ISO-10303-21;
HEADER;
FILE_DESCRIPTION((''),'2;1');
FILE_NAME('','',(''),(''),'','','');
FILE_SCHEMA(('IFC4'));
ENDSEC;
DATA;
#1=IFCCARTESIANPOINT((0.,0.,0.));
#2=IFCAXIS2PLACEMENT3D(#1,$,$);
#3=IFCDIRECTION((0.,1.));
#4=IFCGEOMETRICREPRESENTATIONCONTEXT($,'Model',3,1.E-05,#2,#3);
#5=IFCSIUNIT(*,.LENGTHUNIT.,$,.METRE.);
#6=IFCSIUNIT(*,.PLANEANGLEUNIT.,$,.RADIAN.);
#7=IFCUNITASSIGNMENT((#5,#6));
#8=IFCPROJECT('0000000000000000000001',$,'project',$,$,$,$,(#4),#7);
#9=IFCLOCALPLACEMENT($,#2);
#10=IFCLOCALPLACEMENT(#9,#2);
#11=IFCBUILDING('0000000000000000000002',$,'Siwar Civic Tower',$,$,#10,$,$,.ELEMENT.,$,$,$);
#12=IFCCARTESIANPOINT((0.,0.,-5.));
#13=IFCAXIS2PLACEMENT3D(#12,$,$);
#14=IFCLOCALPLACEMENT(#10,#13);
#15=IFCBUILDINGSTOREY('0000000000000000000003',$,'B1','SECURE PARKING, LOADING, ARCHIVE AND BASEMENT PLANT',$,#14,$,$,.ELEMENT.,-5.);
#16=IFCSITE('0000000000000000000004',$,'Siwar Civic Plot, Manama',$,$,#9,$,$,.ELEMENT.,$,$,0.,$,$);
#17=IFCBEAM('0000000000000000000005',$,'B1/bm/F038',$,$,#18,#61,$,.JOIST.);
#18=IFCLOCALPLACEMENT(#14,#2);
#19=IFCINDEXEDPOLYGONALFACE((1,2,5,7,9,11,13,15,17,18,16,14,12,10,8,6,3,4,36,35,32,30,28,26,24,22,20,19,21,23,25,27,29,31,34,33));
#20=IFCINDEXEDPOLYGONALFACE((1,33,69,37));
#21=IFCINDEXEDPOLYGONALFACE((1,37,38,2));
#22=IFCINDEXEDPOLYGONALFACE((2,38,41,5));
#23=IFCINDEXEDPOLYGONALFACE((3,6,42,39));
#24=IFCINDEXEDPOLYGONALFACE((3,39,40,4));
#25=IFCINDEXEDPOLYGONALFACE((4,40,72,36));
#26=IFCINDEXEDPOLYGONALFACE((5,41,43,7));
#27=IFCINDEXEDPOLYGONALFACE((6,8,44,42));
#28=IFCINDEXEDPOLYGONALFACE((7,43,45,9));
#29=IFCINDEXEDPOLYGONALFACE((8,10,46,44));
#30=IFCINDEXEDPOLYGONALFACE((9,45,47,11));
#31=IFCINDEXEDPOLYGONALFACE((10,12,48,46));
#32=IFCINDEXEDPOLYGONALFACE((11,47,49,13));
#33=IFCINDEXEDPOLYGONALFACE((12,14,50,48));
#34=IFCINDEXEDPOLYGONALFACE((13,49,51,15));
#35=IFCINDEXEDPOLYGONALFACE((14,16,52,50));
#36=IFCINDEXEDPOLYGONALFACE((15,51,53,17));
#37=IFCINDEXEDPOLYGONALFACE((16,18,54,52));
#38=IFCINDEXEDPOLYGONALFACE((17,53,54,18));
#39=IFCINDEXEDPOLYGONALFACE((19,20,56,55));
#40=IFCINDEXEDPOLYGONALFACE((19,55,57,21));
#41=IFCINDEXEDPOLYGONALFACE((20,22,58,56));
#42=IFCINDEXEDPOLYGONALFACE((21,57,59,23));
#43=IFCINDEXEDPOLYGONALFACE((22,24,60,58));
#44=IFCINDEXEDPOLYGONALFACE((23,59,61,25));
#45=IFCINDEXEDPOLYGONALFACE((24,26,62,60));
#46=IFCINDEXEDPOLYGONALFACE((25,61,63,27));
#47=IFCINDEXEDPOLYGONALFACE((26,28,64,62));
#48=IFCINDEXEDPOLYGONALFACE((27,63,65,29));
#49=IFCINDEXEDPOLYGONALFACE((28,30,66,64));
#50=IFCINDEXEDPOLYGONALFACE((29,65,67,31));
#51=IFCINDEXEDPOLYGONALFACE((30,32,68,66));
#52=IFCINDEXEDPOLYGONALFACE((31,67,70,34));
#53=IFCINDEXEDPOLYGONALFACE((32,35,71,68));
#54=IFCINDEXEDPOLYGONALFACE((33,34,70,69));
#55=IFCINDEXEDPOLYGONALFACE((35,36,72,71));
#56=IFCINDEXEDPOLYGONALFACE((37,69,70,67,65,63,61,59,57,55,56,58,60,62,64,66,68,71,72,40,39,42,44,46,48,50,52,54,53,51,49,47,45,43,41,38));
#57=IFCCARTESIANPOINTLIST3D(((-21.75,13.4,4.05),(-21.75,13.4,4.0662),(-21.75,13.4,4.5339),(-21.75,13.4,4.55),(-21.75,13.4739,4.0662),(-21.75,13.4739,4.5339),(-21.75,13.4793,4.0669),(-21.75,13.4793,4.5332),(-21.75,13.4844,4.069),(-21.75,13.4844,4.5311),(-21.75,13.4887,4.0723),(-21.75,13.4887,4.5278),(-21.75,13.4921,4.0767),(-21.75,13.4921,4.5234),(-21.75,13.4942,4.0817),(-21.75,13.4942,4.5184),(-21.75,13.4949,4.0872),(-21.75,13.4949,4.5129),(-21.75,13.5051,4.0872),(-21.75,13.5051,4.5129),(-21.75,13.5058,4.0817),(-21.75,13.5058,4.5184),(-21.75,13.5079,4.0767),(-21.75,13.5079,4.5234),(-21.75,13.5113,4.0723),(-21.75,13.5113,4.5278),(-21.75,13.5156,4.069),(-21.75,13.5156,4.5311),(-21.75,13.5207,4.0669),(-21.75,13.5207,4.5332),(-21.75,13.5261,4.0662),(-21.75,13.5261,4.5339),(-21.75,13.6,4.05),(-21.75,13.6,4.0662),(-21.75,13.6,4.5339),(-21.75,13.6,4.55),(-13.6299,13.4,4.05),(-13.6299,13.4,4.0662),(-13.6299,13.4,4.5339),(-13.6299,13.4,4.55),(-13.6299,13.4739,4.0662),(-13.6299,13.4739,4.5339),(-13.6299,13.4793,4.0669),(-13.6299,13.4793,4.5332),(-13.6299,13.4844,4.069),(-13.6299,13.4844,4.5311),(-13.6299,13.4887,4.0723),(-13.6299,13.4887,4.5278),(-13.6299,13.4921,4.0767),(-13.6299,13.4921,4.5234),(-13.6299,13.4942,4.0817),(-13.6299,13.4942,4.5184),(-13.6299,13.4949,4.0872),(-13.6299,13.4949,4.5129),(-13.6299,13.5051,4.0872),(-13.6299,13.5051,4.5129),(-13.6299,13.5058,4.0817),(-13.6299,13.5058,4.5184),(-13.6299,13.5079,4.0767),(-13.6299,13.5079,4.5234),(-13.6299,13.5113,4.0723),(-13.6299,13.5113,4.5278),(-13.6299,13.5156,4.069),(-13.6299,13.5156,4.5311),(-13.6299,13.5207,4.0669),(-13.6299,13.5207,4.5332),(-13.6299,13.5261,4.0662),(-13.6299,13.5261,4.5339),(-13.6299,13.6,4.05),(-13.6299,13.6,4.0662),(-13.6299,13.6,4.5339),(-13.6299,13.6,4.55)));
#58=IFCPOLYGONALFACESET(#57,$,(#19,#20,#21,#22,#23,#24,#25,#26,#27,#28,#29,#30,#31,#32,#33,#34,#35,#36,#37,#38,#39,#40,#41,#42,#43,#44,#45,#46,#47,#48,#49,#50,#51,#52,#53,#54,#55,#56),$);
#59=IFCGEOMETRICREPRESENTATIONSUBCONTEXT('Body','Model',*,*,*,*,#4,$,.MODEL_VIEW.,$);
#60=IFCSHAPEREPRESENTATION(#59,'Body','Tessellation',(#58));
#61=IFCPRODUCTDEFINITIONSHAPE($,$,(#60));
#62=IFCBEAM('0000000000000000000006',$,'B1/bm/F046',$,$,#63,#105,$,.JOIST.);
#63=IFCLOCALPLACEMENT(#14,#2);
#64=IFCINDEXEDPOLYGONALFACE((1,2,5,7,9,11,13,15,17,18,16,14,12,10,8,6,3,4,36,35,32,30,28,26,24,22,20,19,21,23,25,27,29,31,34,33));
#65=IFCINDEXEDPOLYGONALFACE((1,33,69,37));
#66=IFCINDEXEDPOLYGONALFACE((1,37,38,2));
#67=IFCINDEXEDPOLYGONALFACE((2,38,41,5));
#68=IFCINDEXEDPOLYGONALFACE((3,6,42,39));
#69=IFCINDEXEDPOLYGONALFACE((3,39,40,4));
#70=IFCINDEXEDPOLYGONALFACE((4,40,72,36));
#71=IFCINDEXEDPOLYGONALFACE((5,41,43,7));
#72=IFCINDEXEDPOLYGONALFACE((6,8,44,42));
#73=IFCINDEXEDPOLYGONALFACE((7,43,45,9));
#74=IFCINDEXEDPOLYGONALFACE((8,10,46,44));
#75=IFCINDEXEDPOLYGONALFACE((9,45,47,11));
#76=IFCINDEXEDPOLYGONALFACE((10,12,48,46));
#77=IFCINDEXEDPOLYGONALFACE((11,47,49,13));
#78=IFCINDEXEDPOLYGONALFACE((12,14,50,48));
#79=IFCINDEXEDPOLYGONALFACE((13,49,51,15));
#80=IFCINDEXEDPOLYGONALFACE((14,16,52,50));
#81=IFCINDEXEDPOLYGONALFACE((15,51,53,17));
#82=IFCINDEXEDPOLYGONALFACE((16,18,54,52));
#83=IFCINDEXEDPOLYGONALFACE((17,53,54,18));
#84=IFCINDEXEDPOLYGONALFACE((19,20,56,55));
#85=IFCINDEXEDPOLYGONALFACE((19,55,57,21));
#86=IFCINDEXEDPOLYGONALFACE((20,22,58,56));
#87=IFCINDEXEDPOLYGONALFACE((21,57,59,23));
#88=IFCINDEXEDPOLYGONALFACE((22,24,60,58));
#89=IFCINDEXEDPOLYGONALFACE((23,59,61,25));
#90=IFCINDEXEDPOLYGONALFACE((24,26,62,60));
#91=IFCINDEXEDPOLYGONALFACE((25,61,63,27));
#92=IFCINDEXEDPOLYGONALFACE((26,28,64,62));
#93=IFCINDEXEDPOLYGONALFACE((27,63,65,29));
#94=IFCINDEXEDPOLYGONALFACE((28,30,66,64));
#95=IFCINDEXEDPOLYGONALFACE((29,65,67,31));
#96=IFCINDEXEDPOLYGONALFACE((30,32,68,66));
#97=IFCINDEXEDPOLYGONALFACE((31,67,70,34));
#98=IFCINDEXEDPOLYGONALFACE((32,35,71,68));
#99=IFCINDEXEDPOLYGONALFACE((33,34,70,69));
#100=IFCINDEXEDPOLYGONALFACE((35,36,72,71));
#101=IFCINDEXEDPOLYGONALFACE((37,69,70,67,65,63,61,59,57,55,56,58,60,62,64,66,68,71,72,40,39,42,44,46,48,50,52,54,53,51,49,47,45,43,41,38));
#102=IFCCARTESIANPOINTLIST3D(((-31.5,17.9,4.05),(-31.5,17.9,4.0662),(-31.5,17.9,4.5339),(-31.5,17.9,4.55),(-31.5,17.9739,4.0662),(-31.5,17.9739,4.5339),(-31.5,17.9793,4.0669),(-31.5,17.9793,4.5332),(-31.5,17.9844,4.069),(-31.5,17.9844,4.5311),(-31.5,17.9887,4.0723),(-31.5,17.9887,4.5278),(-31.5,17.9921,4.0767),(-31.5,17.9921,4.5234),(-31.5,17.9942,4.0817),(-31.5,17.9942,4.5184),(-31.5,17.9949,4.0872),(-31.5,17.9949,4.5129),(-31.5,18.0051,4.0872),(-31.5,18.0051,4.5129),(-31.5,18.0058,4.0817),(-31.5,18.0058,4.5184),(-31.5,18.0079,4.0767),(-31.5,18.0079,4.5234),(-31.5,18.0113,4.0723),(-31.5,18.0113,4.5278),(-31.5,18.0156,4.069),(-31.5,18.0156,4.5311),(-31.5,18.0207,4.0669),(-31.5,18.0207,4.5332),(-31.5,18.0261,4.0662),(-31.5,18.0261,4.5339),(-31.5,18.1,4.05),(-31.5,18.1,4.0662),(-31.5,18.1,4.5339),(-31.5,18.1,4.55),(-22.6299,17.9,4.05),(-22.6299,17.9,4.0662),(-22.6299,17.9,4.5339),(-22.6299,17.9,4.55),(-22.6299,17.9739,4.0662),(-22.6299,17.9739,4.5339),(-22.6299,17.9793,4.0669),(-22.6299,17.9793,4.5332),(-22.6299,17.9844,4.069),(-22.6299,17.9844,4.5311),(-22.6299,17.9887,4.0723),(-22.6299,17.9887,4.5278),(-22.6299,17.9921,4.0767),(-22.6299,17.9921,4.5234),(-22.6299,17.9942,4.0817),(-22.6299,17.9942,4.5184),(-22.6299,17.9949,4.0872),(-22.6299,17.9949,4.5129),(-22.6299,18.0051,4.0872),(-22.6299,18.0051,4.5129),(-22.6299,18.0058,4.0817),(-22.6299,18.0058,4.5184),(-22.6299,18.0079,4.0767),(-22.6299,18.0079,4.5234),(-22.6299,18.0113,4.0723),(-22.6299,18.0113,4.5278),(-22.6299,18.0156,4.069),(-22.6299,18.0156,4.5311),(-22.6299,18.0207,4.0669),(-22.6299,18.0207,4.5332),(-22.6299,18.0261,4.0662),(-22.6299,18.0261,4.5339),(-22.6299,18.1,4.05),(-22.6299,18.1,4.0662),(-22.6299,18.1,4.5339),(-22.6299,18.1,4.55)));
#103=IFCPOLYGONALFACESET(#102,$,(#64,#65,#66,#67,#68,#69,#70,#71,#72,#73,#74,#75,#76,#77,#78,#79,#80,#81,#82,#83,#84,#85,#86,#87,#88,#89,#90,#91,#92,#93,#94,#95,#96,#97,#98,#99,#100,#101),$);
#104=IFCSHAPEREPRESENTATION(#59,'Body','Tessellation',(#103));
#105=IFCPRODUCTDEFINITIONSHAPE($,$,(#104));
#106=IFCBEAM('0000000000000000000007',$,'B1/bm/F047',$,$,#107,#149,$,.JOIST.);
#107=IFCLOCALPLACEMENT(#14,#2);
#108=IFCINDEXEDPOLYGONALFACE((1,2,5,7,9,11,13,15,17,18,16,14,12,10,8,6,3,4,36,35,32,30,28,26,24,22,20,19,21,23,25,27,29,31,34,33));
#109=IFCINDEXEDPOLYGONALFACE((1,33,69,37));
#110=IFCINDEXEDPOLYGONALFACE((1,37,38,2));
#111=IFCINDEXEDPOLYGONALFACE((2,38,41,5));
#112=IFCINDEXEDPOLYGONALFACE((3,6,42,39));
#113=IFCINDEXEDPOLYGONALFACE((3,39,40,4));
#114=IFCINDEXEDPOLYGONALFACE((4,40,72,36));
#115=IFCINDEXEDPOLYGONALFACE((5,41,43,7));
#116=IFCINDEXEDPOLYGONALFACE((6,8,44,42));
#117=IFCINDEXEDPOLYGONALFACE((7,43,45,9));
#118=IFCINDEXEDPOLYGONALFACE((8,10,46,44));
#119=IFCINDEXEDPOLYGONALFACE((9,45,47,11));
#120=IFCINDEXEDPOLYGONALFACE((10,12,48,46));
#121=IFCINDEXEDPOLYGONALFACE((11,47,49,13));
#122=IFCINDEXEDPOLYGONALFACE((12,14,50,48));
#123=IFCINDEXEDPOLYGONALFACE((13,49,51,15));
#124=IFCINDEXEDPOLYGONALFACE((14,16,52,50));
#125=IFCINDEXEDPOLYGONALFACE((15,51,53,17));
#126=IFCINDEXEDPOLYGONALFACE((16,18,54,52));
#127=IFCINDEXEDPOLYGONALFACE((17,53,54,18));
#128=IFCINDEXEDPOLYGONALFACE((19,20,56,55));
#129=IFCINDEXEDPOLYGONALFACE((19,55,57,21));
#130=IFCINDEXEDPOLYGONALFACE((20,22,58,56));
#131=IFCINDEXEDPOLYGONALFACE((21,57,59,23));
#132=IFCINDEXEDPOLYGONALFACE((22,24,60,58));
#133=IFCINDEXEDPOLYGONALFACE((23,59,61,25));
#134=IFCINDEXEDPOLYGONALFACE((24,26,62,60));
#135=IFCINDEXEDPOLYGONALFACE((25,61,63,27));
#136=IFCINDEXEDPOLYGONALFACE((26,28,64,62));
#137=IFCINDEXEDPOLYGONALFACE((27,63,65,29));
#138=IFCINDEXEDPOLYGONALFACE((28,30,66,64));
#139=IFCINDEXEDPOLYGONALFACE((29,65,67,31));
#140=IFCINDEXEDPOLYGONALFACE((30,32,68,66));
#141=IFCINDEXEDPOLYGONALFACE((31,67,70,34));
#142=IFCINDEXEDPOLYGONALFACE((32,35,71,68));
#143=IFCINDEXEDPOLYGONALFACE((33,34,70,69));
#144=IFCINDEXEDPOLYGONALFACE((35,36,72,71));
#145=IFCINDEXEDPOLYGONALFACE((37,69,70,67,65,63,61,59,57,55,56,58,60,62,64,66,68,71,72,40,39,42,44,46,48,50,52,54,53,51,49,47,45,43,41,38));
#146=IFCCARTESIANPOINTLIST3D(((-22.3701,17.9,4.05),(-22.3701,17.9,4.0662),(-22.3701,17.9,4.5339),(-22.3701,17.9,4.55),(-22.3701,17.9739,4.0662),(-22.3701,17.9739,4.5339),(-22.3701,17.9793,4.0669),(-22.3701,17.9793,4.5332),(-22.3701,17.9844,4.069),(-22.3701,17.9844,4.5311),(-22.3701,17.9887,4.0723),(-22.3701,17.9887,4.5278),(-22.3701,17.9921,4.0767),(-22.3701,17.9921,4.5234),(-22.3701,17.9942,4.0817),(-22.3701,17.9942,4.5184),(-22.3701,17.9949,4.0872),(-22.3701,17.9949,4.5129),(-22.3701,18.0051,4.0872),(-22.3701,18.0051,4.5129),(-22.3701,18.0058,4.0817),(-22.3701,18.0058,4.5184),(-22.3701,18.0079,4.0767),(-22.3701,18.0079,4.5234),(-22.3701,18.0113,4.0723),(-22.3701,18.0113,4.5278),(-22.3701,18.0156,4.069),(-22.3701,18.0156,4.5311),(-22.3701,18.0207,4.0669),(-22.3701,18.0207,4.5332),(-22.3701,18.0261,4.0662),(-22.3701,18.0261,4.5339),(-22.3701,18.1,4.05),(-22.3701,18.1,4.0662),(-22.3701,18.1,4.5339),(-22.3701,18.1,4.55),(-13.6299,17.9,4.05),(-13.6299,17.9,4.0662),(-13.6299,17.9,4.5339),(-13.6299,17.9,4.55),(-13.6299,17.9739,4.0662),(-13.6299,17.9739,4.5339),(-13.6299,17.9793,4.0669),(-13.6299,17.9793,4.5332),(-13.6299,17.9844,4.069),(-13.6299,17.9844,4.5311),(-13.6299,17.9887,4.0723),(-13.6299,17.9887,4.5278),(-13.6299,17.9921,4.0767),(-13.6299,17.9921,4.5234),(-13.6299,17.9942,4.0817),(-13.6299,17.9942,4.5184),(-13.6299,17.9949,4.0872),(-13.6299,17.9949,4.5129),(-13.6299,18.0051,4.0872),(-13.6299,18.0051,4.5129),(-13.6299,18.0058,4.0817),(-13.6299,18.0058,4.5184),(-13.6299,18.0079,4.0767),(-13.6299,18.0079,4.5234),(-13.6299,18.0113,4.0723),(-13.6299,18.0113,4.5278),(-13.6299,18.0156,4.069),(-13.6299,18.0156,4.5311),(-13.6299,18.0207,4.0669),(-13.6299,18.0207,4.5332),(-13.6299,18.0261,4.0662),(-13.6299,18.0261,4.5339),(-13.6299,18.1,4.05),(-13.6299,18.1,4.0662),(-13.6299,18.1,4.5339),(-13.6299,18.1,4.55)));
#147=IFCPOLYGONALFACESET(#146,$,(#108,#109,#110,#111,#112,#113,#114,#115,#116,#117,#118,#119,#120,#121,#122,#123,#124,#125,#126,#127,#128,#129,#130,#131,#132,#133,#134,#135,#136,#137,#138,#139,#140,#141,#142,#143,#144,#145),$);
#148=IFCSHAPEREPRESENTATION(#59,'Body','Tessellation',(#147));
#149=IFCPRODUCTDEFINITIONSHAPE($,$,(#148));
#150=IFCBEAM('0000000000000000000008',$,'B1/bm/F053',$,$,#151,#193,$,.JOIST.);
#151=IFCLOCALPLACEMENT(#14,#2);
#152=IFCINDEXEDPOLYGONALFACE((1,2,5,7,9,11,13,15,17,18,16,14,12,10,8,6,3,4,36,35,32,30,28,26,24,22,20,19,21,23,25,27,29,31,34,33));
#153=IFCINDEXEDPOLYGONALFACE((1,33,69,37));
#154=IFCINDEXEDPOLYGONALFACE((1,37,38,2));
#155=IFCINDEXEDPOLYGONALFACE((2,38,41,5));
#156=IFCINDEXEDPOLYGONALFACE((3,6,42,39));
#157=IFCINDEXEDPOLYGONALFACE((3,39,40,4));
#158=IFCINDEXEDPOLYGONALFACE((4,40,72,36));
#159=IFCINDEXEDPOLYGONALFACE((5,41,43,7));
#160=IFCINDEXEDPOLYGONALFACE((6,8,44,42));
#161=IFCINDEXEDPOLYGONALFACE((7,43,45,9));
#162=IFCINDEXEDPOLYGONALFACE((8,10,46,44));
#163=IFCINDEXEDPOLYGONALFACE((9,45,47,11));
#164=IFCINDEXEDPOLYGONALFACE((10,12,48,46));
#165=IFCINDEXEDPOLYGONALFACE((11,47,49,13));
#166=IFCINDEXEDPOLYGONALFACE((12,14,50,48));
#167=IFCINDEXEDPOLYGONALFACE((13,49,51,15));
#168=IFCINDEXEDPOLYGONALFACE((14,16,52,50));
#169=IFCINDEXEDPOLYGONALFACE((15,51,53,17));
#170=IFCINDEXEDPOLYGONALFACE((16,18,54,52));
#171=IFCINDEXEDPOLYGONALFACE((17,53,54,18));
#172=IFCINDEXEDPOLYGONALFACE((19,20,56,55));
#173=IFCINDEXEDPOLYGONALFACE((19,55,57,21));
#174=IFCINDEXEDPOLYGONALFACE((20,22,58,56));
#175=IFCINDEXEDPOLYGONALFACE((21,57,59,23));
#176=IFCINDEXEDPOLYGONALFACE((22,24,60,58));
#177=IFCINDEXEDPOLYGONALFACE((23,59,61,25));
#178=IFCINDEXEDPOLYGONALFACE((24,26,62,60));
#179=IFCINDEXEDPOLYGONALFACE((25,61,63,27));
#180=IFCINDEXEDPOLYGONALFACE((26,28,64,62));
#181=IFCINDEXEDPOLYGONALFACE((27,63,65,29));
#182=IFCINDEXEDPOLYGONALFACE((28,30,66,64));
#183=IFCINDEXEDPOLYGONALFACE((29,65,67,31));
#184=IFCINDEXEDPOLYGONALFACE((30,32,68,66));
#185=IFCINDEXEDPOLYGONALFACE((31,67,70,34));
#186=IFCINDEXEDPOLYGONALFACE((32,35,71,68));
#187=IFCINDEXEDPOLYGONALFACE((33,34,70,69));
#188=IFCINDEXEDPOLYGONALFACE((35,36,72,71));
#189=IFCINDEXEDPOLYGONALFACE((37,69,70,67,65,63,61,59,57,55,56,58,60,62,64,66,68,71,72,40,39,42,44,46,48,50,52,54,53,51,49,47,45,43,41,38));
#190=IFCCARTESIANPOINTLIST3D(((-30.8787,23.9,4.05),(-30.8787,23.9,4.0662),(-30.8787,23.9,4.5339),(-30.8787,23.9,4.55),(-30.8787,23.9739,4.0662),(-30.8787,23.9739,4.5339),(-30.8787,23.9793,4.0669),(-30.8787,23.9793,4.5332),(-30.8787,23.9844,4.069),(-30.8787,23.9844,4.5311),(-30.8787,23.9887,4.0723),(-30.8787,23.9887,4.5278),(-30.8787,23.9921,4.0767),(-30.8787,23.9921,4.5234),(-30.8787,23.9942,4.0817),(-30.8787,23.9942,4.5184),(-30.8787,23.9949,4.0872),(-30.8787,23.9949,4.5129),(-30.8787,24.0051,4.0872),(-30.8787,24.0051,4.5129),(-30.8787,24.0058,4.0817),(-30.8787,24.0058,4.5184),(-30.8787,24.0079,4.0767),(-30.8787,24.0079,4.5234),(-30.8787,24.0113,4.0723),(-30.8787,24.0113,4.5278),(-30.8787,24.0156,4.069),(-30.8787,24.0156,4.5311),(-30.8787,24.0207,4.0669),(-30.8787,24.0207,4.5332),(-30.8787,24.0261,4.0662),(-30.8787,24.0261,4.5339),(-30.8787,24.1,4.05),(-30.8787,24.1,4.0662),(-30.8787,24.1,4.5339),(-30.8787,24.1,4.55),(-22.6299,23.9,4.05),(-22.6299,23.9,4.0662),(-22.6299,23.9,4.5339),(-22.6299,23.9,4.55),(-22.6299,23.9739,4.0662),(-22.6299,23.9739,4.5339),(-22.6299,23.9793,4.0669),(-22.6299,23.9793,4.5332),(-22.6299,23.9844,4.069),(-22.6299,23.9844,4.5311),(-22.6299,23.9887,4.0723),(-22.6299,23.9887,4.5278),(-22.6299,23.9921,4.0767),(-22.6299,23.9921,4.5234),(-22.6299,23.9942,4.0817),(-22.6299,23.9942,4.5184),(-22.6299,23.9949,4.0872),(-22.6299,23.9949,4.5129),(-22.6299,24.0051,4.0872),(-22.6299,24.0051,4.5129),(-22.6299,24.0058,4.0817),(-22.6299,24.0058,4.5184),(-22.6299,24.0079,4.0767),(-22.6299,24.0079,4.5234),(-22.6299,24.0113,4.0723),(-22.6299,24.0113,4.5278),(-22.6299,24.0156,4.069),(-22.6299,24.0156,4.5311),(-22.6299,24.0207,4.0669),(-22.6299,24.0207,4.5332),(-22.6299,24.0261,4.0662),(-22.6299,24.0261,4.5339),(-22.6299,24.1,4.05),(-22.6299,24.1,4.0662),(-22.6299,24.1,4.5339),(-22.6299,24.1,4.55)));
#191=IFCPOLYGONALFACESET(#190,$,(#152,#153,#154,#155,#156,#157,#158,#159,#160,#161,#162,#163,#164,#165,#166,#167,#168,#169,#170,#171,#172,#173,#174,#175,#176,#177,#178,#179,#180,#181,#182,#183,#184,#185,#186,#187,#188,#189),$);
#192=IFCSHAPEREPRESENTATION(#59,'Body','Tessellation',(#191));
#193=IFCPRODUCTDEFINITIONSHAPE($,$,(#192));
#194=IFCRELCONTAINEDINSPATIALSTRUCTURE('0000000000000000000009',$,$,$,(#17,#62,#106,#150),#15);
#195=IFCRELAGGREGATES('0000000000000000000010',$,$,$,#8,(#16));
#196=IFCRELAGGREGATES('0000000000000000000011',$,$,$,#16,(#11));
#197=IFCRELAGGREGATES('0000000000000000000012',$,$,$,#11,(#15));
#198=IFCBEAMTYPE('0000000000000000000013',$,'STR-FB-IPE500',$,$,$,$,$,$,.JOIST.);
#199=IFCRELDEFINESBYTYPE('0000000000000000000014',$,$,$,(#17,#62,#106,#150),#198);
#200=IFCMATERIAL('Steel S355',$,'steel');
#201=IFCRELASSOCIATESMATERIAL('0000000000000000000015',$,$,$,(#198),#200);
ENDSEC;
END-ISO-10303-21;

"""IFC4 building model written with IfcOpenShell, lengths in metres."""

from ifc_helpers import new_model, si_unit, direction, frame, origin, origin_2d, place, context, subcontext, project, spatial, i_section, extrude, material, material_profile, profile_set, type_object, element, save


model = new_model("IFC4")

# Units and contexts
model_context = context("Model", 3, precision=1e-05, world=origin(), true_north=direction((0.0, 1.0)))
body_context = subcontext(model_context, "Body", "Model", "MODEL_VIEW")
ifc_project = project(units=[si_unit("LENGTHUNIT", "METRE"), si_unit("PLANEANGLEUNIT", "RADIAN")], contexts=[model_context])

# Site, building, storey
site_placement = place(None, origin())
site = spatial("IfcSite", under=ifc_project, at=site_placement, Name="Siwar Civic Plot, Manama", CompositionType="ELEMENT", RefElevation=0.0)
building_placement = place(site_placement, origin())
building = spatial("IfcBuilding", under=site, at=building_placement, Name="Siwar Civic Tower", CompositionType="ELEMENT")
storey_placement = place(building_placement, frame((0.0, 0.0, -5.0)))
storey = spatial("IfcBuildingStorey", under=building, at=storey_placement, Name="B1", Description="SECURE PARKING, LOADING, ARCHIVE AND BASEMENT PLANT", CompositionType="ELEMENT", Elevation=-5.0)

# Beams
ifc_material_1 = material(Name="Steel S355", Category="steel")
ifc_material_profile_1 = material_profile(ifc_material_1, i_section(OverallWidth=0.2, OverallDepth=0.5, WebThickness=0.0103, FlangeThickness=0.0161, FilletRadius=0.021, at=origin_2d()), Name="IPE500")
ifc_profile_set_1 = profile_set([ifc_material_profile_1], Name="Steel S355")
beam_type_1 = type_object("IfcBeamType", Name="STR-FB-IPE500", PredefinedType="JOIST", material=ifc_profile_set_1)
beam_1_placement = place(storey_placement, frame((-21.75, 13.5, 4.3), z_axis=(1.0, 0.0, 0.0), x_axis=(0.0, 1.0, 0.0)))
element("IfcBeam", 1, at=beam_1_placement, inside=storey, type_object=beam_type_1, Name="B1/bm/F038", PredefinedType="JOIST", context=body_context, shape_type="SweptSolid", body=[
    extrude(i_section(OverallWidth=0.2, OverallDepth=0.5, WebThickness=0.0103, FlangeThickness=0.0161, FilletRadius=0.021, at=origin_2d()), origin(), (0.0, 0.0, 1.0), 8.1201),
])
beam_2_placement = place(storey_placement, frame((-31.5, 18.0, 4.3), z_axis=(1.0, 0.0, 0.0), x_axis=(0.0, 1.0, 0.0)))
element("IfcBeam", 2, at=beam_2_placement, inside=storey, type_object=beam_type_1, Name="B1/bm/F046", PredefinedType="JOIST", context=body_context, shape_type="SweptSolid", body=[
    extrude(i_section(OverallWidth=0.2, OverallDepth=0.5, WebThickness=0.0103, FlangeThickness=0.0161, FilletRadius=0.021, at=origin_2d()), origin(), (0.0, 0.0, 1.0), 8.8701),
])
beam_3_placement = place(storey_placement, frame((-22.3701, 18.0, 4.3), z_axis=(1.0, 0.0, 0.0), x_axis=(0.0, 1.0, 0.0)))
element("IfcBeam", 3, at=beam_3_placement, inside=storey, type_object=beam_type_1, Name="B1/bm/F047", PredefinedType="JOIST", context=body_context, shape_type="SweptSolid", body=[
    extrude(i_section(OverallWidth=0.2, OverallDepth=0.5, WebThickness=0.0103, FlangeThickness=0.0161, FilletRadius=0.021, at=origin_2d()), origin(), (0.0, 0.0, 1.0), 8.7402),
])
beam_4_placement = place(storey_placement, frame((-30.8787, 24.0, 4.3), z_axis=(1.0, 0.0, 0.0), x_axis=(0.0, 1.0, 0.0)))
element("IfcBeam", 4, at=beam_4_placement, inside=storey, type_object=beam_type_1, Name="B1/bm/F053", PredefinedType="JOIST", context=body_context, shape_type="SweptSolid", body=[
    extrude(i_section(OverallWidth=0.2, OverallDepth=0.5, WebThickness=0.0103, FlangeThickness=0.0161, FilletRadius=0.021, at=origin_2d()), origin(), (0.0, 0.0, 1.0), 8.2488),
])

save(model, "model.ifc")
